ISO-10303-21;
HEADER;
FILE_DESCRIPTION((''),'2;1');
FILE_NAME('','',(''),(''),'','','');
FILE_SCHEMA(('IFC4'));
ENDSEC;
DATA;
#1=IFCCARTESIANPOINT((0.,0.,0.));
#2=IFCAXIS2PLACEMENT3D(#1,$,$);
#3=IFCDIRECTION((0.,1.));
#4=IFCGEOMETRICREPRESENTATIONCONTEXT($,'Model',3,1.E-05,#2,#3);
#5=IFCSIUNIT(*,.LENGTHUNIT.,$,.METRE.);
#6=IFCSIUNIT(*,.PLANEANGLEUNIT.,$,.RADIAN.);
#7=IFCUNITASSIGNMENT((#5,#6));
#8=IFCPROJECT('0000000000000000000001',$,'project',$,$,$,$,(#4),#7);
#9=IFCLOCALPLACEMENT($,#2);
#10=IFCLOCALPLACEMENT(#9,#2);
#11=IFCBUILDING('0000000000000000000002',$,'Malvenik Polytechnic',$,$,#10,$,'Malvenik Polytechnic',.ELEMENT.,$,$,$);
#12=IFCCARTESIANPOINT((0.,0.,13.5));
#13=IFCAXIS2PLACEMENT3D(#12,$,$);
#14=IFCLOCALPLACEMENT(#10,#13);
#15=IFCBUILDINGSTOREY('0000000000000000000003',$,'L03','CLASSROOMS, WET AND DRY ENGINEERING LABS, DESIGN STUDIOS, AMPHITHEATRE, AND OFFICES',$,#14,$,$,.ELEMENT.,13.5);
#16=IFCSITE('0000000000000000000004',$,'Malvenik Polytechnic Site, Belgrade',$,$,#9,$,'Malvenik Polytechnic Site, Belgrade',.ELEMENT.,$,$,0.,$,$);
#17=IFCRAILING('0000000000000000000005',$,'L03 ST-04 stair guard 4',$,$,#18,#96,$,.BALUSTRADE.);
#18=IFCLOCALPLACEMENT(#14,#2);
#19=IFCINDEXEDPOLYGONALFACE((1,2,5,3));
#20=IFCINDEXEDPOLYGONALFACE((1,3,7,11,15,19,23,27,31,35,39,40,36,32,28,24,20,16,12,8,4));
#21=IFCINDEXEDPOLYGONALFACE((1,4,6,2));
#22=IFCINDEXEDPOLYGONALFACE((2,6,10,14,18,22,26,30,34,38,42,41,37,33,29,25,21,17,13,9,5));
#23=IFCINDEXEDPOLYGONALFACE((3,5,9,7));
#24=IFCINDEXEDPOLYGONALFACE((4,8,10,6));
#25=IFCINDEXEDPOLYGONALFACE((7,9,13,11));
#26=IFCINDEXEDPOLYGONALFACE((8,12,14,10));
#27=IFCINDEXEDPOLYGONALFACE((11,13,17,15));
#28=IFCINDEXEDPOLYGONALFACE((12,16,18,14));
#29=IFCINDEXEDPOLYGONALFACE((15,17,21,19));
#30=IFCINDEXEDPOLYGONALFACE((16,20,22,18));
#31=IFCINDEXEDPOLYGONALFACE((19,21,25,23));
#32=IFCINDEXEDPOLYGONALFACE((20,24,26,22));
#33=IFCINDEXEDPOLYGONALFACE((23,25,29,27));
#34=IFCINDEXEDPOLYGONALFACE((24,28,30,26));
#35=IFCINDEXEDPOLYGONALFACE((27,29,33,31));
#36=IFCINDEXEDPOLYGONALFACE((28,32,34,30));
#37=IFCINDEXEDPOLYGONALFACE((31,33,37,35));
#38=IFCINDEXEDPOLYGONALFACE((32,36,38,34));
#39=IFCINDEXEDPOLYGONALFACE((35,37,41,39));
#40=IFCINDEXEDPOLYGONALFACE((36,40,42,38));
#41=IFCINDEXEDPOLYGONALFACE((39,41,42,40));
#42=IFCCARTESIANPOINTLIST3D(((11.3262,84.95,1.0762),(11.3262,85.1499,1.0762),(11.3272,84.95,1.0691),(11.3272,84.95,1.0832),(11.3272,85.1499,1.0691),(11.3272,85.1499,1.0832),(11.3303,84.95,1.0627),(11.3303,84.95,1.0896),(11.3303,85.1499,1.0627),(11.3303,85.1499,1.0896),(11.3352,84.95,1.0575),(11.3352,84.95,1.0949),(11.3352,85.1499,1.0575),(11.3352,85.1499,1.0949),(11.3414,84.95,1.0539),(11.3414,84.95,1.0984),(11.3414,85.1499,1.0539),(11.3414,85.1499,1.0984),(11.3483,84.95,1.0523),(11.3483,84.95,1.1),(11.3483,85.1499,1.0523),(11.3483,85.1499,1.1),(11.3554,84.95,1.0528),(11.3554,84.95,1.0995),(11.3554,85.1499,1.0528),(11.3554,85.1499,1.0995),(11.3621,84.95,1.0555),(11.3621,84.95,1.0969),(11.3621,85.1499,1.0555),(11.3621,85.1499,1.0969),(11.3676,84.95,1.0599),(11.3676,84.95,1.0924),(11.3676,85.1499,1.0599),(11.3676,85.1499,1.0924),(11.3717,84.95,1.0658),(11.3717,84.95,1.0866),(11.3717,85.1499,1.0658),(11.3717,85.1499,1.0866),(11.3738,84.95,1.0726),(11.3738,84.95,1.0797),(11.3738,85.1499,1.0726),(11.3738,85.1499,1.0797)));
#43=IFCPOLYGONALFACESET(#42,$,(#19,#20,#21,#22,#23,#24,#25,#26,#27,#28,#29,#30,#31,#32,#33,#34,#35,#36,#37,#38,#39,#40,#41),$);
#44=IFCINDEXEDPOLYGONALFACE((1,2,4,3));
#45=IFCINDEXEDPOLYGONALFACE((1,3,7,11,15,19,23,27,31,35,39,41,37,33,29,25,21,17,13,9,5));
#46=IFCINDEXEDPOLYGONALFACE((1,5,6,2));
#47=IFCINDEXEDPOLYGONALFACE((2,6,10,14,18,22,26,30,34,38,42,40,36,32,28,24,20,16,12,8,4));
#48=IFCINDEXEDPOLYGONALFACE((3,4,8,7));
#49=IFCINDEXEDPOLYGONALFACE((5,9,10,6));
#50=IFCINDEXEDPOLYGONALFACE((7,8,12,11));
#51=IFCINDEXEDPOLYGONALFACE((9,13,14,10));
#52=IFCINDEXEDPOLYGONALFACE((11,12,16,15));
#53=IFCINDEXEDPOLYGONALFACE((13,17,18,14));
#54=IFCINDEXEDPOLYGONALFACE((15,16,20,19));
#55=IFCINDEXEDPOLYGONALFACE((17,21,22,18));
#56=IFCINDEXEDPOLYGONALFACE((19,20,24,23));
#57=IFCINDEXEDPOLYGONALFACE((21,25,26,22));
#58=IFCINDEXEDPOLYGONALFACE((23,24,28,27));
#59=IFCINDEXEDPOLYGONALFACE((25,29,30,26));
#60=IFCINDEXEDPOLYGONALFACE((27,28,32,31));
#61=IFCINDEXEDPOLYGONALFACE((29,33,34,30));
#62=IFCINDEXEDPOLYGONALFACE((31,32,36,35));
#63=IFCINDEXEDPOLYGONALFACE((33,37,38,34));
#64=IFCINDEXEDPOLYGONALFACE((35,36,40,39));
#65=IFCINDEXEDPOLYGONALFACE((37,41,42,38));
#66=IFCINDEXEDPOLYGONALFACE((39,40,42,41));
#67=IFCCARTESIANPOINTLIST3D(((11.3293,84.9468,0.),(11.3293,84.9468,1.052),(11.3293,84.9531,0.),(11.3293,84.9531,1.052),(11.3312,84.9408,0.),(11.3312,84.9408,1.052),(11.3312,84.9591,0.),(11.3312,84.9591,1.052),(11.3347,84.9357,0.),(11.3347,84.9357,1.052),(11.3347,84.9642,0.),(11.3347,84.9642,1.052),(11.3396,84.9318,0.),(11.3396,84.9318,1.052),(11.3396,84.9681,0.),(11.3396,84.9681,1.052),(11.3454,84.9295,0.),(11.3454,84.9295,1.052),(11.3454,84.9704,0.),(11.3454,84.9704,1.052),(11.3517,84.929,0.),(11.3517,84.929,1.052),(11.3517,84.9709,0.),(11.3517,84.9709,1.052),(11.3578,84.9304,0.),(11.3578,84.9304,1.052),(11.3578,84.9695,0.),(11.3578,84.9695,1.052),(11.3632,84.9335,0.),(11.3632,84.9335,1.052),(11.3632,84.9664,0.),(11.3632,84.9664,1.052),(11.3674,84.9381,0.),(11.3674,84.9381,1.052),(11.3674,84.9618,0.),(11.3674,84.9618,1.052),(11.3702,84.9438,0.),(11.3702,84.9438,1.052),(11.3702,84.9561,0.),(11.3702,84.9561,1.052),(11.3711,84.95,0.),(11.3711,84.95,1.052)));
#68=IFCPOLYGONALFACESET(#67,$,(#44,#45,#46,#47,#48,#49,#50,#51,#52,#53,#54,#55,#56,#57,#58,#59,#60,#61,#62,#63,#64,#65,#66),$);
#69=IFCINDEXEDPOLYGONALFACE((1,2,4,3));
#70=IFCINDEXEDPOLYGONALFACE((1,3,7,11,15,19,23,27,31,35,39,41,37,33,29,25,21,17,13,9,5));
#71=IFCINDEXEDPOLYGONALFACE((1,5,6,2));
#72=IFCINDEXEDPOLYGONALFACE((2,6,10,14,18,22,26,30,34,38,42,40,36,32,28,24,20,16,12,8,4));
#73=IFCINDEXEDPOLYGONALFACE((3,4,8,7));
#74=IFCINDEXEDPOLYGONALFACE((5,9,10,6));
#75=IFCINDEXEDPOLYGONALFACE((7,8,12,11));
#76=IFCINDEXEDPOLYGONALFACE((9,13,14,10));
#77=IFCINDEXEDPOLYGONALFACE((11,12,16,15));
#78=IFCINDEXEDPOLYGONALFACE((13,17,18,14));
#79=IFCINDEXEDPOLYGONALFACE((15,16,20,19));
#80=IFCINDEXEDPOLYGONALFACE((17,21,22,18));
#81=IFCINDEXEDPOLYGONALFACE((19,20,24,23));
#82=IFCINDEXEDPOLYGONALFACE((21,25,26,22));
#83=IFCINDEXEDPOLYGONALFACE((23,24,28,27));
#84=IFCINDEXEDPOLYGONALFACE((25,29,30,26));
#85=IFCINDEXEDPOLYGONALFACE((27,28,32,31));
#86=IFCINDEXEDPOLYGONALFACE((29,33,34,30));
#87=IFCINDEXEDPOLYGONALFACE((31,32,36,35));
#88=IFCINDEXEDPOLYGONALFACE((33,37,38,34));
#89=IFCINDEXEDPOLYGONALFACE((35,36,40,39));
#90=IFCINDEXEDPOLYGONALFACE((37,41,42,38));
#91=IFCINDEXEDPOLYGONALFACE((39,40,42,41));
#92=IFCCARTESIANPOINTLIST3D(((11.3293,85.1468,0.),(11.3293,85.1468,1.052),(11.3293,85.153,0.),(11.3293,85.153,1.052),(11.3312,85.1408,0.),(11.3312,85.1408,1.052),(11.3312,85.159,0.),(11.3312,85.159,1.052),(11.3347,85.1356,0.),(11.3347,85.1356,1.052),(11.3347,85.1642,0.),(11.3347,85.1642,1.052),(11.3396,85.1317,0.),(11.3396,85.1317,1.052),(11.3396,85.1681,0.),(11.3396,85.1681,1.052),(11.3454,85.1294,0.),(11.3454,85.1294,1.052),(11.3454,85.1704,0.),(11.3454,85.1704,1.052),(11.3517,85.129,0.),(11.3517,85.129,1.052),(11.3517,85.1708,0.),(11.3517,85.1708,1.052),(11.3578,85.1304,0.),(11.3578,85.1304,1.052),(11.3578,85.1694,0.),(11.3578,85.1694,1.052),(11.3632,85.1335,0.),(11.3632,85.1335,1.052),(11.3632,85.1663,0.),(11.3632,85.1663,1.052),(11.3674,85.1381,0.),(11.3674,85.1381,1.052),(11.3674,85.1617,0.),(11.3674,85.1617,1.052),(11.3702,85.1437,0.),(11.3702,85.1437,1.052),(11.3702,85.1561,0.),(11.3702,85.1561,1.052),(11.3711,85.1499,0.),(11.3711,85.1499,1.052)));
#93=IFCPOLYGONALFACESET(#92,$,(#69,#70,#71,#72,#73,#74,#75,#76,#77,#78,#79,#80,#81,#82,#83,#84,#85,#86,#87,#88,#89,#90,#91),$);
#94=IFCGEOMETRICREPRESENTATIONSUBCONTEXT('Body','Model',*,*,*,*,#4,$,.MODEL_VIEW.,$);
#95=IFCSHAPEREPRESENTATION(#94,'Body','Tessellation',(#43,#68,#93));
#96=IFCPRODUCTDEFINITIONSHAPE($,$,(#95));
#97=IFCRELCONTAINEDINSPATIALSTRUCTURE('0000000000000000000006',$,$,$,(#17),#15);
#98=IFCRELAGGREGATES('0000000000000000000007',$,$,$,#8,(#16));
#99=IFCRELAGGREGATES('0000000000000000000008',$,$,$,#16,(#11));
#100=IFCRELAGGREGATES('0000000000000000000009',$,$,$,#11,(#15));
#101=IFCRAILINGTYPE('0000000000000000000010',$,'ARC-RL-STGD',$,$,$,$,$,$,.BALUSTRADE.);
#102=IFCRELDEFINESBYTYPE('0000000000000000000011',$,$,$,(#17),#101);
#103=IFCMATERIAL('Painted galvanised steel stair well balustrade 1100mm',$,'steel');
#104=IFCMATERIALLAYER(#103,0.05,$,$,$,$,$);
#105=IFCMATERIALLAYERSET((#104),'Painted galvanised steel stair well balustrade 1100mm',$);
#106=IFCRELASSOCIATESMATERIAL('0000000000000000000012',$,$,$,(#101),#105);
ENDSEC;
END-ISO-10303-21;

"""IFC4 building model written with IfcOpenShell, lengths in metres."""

from ifc_helpers import new_model, si_unit, direction, frame, origin, origin_2d, place, context, subcontext, project, spatial, circle, extrude, material, layer, layer_set, type_object, element, save


model = new_model("IFC4")

# Units and contexts
model_context = context("Model", 3, precision=1e-05, world=origin(), true_north=direction((0.0, 1.0)))
body_context = subcontext(model_context, "Body", "Model", "MODEL_VIEW")
ifc_project = project(units=[si_unit("LENGTHUNIT", "METRE"), si_unit("PLANEANGLEUNIT", "RADIAN")], contexts=[model_context])

# Site, building, storey
site_placement = place(None, origin())
site = spatial("IfcSite", under=ifc_project, at=site_placement, Name="Malvenik Polytechnic Site, Belgrade", LongName="Malvenik Polytechnic Site, Belgrade", CompositionType="ELEMENT", RefElevation=0.0)
building_placement = place(site_placement, origin())
building = spatial("IfcBuilding", under=site, at=building_placement, Name="Malvenik Polytechnic", LongName="Malvenik Polytechnic", CompositionType="ELEMENT")
storey_placement = place(building_placement, frame((0.0, 0.0, 13.5)))
storey = spatial("IfcBuildingStorey", under=building, at=storey_placement, Name="L03", Description="CLASSROOMS, WET AND DRY ENGINEERING LABS, DESIGN STUDIOS, AMPHITHEATRE, AND OFFICES", CompositionType="ELEMENT", Elevation=13.5)

# Railing
ifc_material_1 = material(Name="Painted galvanised steel stair well balustrade 1100mm", Category="steel")
ifc_layer_1 = layer(ifc_material_1, 0.05)
ifc_layer_set_1 = layer_set([ifc_layer_1], Name="Painted galvanised steel stair well balustrade 1100mm")
railing_type_1 = type_object("IfcRailingType", Name="ARC-RL-STGD", PredefinedType="BALUSTRADE", material=ifc_layer_set_1)
railing_1_placement = place(storey_placement, frame((11.3501, 84.95, 0.0)))
element("IfcRailing", 1, at=railing_1_placement, inside=storey, type_object=railing_type_1, Name="L03 ST-04 stair guard 4", PredefinedType="BALUSTRADE", context=body_context, shape_type="SweptSolid", body=[
    extrude(circle(Radius=0.0239, at=origin_2d()), frame((0.0, 0.0, 1.0762), z_axis=(0.0, 1.0, 0.0), x_axis=(-1.0, 0.0, 0.0)), (0.0, 0.0, 1.0), 0.2),
    extrude(circle(Radius=0.021, at=origin_2d()), origin(), (0.0, 0.0, 1.0), 1.052),
    extrude(circle(Radius=0.021, at=origin_2d()), frame((0.0, 0.2, 0.0)), (0.0, 0.0, 1.0), 1.052),
])

save(model, "model.ifc")
